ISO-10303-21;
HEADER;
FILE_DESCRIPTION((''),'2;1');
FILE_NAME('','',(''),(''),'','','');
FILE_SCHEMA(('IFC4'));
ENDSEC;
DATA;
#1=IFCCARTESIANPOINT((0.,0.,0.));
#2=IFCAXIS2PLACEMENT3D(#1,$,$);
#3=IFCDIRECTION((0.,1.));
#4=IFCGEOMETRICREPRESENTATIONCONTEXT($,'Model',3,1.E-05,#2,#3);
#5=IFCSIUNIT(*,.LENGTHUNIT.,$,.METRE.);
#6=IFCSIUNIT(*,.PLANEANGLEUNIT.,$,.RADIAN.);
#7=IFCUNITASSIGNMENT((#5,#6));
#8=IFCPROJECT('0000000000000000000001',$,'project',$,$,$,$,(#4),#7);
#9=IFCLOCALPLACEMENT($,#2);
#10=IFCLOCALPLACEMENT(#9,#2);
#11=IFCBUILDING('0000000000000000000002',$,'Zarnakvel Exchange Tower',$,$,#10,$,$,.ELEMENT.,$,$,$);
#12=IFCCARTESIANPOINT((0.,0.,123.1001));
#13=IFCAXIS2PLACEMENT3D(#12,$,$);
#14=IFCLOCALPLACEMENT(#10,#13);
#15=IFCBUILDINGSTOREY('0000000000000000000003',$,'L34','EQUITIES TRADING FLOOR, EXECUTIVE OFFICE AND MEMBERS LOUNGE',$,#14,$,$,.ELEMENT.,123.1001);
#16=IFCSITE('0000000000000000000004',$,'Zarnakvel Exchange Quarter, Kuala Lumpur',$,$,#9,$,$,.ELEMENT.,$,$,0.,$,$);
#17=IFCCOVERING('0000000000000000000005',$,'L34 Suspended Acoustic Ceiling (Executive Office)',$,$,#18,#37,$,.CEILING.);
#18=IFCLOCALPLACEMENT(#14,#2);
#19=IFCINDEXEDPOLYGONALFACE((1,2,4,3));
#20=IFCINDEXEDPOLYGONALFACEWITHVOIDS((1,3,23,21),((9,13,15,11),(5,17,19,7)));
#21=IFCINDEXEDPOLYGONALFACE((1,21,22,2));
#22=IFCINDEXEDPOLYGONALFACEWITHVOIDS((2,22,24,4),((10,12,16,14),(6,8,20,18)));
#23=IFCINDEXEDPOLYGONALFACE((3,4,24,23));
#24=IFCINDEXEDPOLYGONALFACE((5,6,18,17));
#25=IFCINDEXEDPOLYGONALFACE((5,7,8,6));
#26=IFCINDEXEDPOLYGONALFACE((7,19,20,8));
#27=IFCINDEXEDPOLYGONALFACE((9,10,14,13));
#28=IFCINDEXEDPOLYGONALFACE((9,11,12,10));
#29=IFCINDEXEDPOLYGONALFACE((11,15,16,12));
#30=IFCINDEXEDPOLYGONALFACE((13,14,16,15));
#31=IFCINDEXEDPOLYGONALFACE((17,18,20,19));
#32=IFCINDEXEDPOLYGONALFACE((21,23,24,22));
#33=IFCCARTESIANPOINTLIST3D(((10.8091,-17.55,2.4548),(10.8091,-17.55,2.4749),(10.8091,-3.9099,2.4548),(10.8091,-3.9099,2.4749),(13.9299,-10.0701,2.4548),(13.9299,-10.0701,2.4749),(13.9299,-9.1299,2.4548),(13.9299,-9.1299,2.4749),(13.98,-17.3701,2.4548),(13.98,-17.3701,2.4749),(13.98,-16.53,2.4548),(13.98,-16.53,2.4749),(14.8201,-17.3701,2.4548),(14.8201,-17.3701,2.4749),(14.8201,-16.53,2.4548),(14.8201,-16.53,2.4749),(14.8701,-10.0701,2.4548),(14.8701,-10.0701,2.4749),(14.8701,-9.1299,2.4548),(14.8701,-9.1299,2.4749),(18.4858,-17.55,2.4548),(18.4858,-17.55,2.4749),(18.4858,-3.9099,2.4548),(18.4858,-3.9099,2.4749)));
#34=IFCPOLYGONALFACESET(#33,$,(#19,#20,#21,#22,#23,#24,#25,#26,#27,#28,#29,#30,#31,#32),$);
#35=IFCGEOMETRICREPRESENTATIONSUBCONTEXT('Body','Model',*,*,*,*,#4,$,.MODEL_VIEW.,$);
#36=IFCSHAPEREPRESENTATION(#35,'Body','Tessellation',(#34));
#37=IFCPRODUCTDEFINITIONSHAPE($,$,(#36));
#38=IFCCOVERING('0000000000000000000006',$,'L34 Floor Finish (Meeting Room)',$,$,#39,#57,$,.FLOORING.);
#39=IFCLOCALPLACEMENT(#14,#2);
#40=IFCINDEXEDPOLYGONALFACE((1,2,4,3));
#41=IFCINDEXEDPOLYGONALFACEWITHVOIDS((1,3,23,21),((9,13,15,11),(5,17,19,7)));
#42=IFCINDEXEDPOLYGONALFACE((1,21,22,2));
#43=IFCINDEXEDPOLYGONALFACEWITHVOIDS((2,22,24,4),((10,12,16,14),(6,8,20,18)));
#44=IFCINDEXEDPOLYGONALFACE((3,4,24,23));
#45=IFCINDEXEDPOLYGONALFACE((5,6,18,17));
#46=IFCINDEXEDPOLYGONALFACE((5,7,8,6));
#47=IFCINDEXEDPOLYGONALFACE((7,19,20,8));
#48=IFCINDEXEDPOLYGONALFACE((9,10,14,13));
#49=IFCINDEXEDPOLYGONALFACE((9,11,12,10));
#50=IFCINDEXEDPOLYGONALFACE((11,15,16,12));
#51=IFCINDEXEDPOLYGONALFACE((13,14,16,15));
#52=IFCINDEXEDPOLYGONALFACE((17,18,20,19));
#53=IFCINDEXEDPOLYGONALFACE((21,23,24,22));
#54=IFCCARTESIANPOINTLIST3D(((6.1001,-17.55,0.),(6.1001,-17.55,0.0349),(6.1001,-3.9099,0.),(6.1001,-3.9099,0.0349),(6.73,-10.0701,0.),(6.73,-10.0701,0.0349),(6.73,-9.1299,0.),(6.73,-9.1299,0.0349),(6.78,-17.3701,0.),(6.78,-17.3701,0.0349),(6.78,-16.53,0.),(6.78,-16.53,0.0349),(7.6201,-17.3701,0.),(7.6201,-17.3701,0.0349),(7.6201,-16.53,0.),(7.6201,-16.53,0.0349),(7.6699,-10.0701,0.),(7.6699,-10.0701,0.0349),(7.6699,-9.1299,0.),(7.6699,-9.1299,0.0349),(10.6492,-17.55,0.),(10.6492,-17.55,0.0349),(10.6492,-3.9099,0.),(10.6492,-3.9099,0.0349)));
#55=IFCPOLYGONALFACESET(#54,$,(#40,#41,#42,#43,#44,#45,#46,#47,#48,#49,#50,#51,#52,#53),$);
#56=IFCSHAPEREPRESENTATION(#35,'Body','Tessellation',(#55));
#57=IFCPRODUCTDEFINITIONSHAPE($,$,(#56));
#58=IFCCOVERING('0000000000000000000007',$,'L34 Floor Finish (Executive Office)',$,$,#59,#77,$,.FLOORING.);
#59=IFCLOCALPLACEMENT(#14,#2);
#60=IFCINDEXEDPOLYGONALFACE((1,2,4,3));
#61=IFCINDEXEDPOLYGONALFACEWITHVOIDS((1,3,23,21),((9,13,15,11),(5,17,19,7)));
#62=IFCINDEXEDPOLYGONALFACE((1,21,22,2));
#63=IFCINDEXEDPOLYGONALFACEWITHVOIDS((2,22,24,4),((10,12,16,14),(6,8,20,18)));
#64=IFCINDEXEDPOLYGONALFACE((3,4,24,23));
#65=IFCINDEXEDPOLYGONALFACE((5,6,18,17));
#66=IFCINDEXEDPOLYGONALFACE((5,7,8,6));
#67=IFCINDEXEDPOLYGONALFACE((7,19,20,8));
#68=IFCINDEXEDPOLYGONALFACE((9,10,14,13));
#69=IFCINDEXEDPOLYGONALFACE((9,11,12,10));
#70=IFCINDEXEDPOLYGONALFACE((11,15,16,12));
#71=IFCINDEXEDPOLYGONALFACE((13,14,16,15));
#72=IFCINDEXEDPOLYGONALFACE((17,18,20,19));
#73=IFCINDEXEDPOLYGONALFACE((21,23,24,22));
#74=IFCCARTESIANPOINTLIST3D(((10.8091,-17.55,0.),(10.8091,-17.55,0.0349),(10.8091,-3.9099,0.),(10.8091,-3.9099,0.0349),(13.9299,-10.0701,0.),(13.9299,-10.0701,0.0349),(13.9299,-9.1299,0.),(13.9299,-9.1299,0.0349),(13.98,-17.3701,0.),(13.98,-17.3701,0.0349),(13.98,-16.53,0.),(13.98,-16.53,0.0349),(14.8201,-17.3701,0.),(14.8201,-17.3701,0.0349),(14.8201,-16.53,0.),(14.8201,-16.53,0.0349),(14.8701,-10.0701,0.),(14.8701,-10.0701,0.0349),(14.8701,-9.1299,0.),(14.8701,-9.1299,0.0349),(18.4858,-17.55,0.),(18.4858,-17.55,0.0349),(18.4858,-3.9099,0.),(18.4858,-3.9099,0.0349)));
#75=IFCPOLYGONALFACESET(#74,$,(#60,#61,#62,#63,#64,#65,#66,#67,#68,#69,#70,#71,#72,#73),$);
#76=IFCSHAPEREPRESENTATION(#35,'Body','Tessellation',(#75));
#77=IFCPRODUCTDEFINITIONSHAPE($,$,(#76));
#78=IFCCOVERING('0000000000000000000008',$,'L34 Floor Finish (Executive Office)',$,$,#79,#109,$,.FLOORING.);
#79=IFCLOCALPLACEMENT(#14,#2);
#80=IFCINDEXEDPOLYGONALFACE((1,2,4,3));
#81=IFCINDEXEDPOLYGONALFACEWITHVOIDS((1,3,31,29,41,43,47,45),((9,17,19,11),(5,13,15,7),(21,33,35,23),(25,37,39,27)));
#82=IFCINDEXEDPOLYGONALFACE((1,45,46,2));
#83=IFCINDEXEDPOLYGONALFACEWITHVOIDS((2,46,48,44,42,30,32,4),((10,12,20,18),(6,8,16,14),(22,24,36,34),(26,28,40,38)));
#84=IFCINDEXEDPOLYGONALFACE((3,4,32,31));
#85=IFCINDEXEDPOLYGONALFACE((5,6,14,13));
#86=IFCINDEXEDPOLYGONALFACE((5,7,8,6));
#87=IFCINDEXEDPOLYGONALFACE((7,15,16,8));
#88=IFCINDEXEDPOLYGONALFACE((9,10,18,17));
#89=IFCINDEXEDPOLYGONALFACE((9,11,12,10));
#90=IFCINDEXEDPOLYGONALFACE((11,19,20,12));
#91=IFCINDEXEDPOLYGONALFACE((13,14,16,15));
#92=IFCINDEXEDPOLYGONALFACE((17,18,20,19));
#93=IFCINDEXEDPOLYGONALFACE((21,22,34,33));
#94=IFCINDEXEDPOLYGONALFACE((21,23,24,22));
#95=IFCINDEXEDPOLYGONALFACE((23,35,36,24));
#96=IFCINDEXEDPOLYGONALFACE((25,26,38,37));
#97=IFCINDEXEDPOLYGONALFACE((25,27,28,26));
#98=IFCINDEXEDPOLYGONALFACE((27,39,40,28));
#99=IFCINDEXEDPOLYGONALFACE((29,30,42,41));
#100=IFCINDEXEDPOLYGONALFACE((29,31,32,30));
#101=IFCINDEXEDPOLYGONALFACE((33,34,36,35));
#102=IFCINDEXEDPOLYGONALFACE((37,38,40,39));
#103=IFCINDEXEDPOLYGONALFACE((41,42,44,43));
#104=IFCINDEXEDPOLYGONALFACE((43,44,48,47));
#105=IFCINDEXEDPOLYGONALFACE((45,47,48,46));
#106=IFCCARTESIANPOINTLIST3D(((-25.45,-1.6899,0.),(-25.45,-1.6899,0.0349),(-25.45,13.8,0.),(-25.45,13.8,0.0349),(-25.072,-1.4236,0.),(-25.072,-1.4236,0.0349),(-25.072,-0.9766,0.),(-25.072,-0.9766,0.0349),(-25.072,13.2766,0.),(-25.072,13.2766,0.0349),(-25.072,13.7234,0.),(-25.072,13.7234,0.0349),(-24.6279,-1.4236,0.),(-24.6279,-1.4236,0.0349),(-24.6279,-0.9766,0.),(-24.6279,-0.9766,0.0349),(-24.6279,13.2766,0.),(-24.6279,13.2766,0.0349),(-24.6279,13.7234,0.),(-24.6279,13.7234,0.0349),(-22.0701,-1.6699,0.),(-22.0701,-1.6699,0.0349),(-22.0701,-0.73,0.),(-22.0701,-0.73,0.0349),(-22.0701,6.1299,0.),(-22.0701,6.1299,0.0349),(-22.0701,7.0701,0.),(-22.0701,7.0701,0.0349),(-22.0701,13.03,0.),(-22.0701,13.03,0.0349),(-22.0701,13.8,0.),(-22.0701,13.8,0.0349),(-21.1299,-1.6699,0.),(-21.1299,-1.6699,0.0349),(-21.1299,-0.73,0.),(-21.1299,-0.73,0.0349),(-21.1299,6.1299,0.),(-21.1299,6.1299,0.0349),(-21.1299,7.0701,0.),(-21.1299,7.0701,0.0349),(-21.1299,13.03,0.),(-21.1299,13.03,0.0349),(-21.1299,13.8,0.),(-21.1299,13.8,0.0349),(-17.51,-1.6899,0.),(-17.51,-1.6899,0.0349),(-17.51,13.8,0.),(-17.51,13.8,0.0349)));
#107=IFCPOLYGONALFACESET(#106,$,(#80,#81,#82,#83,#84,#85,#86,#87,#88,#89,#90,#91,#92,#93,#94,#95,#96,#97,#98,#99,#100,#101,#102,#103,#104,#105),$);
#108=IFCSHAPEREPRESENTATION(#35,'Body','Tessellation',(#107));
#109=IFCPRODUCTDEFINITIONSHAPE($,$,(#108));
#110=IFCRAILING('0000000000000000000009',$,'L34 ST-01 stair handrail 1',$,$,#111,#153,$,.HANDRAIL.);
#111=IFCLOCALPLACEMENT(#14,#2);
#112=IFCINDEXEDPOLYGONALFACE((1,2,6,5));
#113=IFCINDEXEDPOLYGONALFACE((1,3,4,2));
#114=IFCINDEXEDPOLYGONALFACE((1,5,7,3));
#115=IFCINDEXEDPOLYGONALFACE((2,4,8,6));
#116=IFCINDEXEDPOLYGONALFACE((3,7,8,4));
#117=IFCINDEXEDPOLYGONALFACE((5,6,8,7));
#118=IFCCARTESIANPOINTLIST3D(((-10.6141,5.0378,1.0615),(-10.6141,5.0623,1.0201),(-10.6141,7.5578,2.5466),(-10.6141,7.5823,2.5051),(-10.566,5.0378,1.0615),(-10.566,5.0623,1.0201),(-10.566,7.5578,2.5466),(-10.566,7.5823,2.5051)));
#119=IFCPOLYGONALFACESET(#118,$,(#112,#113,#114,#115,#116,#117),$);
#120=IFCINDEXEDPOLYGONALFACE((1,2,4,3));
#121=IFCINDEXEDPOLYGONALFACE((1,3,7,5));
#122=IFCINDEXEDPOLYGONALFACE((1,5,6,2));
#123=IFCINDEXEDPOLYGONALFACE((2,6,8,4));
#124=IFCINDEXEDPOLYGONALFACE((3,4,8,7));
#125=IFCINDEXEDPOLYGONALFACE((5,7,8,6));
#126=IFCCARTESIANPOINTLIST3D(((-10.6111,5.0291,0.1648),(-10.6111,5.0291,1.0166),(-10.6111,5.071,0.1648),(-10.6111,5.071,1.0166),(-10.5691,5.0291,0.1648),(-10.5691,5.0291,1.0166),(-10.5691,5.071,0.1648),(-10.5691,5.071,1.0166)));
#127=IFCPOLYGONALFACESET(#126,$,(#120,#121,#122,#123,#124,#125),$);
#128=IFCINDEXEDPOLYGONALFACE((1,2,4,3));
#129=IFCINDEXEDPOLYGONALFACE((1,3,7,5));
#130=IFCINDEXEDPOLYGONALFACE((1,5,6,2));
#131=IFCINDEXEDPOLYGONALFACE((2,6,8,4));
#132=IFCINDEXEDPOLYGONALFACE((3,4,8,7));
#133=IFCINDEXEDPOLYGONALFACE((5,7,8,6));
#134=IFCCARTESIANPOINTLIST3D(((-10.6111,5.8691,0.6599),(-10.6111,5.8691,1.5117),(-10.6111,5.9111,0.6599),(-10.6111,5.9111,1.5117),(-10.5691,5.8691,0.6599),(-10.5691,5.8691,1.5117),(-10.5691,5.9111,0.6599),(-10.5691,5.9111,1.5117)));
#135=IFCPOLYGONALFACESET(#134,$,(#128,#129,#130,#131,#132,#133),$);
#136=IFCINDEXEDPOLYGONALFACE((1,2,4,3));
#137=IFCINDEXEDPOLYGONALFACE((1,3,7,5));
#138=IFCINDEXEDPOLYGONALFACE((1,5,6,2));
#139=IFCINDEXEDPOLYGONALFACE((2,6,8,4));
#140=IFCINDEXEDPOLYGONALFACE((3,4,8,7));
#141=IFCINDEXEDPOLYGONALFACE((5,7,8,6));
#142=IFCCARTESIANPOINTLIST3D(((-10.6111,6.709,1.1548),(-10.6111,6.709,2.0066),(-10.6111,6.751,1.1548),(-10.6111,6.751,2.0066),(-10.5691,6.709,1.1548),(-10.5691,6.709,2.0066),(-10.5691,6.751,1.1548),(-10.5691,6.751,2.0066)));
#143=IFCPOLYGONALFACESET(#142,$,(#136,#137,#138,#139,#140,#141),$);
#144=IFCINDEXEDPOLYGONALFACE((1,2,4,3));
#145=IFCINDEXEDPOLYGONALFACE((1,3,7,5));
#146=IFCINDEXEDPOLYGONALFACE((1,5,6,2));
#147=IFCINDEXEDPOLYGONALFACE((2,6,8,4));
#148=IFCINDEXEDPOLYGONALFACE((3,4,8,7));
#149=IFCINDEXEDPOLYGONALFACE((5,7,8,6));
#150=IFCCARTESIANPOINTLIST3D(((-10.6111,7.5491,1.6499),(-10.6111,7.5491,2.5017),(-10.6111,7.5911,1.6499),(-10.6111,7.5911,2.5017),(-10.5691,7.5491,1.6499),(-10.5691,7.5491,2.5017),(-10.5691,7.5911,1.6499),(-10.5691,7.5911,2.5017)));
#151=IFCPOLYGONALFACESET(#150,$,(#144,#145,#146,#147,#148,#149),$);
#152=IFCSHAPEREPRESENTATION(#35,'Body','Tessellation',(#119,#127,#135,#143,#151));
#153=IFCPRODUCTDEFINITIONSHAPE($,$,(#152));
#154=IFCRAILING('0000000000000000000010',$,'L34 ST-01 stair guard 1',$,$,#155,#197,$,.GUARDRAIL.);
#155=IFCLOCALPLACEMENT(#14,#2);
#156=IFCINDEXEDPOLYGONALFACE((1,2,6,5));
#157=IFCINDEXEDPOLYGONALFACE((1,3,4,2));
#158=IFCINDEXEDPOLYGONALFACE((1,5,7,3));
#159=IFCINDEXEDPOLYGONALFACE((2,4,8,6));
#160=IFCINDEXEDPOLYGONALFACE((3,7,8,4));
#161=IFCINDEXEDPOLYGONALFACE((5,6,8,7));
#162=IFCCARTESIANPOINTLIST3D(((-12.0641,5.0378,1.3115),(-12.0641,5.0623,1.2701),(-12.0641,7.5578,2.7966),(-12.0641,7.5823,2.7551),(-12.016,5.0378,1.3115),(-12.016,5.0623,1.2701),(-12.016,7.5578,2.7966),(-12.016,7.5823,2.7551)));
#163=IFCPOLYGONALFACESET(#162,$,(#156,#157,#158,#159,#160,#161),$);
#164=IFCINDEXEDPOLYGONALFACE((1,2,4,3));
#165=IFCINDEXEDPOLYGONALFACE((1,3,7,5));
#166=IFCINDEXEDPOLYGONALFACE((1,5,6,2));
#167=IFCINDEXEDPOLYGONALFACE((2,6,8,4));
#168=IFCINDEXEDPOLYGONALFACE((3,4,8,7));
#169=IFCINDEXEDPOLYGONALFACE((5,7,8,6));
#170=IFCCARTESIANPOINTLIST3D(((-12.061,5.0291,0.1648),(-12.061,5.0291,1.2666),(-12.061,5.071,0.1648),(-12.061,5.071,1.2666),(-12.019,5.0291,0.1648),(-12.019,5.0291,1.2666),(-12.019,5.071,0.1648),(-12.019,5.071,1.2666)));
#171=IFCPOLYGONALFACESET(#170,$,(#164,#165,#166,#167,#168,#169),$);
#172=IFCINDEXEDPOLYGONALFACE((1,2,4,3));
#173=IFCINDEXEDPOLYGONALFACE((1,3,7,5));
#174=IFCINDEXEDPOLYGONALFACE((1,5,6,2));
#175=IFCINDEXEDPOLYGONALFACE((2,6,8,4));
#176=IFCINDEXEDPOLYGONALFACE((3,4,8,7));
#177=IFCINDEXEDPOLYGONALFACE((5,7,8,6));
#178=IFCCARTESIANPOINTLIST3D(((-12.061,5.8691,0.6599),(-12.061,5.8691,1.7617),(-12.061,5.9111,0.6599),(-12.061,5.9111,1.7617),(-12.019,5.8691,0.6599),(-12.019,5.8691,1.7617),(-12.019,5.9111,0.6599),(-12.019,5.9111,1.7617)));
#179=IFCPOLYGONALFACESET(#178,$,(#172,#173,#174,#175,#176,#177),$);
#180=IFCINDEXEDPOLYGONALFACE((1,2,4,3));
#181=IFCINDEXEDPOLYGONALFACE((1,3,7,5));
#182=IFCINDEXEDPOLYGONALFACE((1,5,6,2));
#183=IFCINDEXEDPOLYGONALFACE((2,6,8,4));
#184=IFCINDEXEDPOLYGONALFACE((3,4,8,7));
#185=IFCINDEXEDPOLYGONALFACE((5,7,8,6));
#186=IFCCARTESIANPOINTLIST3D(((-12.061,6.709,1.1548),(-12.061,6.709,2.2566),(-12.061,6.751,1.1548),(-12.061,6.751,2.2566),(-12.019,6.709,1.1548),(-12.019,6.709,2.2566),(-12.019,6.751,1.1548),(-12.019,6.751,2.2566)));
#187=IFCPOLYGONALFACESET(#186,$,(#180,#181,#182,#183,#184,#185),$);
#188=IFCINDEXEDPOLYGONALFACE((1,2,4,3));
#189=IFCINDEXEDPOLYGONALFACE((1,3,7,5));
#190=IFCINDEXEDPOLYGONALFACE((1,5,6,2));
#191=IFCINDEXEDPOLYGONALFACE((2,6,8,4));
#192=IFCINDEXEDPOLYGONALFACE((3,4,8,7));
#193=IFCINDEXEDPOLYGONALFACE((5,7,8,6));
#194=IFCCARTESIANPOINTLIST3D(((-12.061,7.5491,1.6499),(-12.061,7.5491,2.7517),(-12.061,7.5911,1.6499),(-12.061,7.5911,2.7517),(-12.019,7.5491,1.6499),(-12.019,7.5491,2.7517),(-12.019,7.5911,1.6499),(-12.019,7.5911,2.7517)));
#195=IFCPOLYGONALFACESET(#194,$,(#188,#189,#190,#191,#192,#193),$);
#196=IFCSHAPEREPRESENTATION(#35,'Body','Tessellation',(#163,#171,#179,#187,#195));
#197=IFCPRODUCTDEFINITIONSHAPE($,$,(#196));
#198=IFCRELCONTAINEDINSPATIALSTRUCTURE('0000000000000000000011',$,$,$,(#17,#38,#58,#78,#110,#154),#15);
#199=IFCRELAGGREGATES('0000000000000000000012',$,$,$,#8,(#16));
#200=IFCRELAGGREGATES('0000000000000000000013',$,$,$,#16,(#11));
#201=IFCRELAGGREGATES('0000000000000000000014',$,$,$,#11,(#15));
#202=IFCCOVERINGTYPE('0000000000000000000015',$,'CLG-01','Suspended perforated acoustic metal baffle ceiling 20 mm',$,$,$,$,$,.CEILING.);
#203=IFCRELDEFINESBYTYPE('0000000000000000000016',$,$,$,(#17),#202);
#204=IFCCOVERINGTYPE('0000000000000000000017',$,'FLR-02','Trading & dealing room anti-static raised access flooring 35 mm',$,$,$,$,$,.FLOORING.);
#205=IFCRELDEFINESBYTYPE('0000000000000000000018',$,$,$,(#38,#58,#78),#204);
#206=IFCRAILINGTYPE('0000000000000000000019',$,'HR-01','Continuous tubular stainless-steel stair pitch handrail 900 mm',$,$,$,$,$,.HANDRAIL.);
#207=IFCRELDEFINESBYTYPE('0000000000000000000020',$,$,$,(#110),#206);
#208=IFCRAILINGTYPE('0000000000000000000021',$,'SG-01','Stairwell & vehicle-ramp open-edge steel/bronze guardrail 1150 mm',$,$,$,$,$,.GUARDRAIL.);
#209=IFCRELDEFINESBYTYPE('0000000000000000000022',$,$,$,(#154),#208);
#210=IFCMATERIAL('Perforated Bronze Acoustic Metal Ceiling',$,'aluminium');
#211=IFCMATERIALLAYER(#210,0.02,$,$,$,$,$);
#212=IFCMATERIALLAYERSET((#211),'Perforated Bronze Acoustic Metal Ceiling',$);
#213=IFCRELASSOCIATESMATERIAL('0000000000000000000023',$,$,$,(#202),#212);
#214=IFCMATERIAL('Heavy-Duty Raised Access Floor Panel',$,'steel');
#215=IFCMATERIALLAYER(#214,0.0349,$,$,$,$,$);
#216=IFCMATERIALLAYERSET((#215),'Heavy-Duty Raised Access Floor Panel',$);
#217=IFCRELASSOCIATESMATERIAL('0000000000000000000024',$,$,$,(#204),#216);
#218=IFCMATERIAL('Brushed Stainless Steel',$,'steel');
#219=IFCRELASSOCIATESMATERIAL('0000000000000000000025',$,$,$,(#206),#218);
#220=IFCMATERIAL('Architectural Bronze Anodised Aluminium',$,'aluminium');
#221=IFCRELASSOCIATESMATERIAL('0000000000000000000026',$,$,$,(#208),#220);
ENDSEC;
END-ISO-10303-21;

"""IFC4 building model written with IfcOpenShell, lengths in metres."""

from ifc_helpers import new_model, si_unit, direction, frame, origin, origin_2d, place, context, subcontext, project, spatial, polyline, rectangle, outline, extrude, material, layer, layer_set, type_object, element, save


model = new_model("IFC4")

# Units and contexts
model_context = context("Model", 3, precision=1e-05, world=origin(), true_north=direction((0.0, 1.0)))
body_context = subcontext(model_context, "Body", "Model", "MODEL_VIEW")
ifc_project = project(units=[si_unit("LENGTHUNIT", "METRE"), si_unit("PLANEANGLEUNIT", "RADIAN")], contexts=[model_context])

# Site, building, storey
site_placement = place(None, origin())
site = spatial("IfcSite", under=ifc_project, at=site_placement, Name="Zarnakvel Exchange Quarter, Kuala Lumpur", CompositionType="ELEMENT", RefElevation=0.0)
building_placement = place(site_placement, origin())
building = spatial("IfcBuilding", under=site, at=building_placement, Name="Zarnakvel Exchange Tower", CompositionType="ELEMENT")
storey_placement = place(building_placement, frame((0.0, 0.0, 123.1001)))
storey = spatial("IfcBuildingStorey", under=building, at=storey_placement, Name="L34", Description="EQUITIES TRADING FLOOR, EXECUTIVE OFFICE AND MEMBERS LOUNGE", CompositionType="ELEMENT", Elevation=123.1001)

# Shared definitions
ifc_material_1 = material(Name="Brushed Stainless Steel", Category="steel")

# Shared definitions
ifc_material_2 = material(Name="Architectural Bronze Anodised Aluminium", Category="aluminium")

# Coverings
ifc_material_3 = material(Name="Perforated Bronze Acoustic Metal Ceiling", Category="aluminium")
ifc_layer_1 = layer(ifc_material_3, 0.02)
ifc_layer_set_1 = layer_set([ifc_layer_1], Name="Perforated Bronze Acoustic Metal Ceiling")
covering_type_1 = type_object("IfcCoveringType", Name="CLG-01", Description="Suspended perforated acoustic metal baffle ceiling 20 mm", PredefinedType="CEILING", material=ifc_layer_set_1)
covering_1_placement = place(storey_placement, frame((0.0, 0.0, 2.4548)))
element("IfcCovering", 1, at=covering_1_placement, inside=storey, type_object=covering_type_1, Name="L34 Suspended Acoustic Ceiling (Executive Office)", PredefinedType="CEILING", context=body_context, shape_type="SweptSolid", body=[
    extrude(outline(polyline([(10.8091, -3.9099), (18.4858, -3.9099), (18.4858, -17.55), (10.8091, -17.55), (10.8091, -3.9099)]), holes=[polyline([(13.9299, -10.0701), (14.8701, -10.0701), (14.8701, -9.1299), (13.9299, -9.1299), (13.9299, -10.0701)]), polyline([(14.8201, -17.3701), (14.8201, -16.53), (13.98, -16.53), (13.98, -17.3701), (14.8201, -17.3701)])]), origin(), (0.0, 0.0, 1.0), 0.02),
])
ifc_material_4 = material(Name="Heavy-Duty Raised Access Floor Panel", Category="steel")
ifc_layer_2 = layer(ifc_material_4, 0.0349)
ifc_layer_set_2 = layer_set([ifc_layer_2], Name="Heavy-Duty Raised Access Floor Panel")
covering_type_2 = type_object("IfcCoveringType", Name="FLR-02", Description="Trading & dealing room anti-static raised access flooring 35 mm", PredefinedType="FLOORING", material=ifc_layer_set_2)
covering_2_placement = place(storey_placement, origin())
element("IfcCovering", 2, at=covering_2_placement, inside=storey, type_object=covering_type_2, Name="L34 Floor Finish (Meeting Room)", PredefinedType="FLOORING", context=body_context, shape_type="SweptSolid", body=[
    extrude(outline(polyline([(6.1001, -3.9099), (10.6492, -3.9099), (10.6492, -17.55), (6.1001, -17.55), (6.1001, -3.9099)]), holes=[polyline([(6.73, -10.0701), (7.6699, -10.0701), (7.6699, -9.1299), (6.73, -9.1299), (6.73, -10.0701)]), polyline([(7.6201, -17.3701), (7.6201, -16.53), (6.78, -16.53), (6.78, -17.3701), (7.6201, -17.3701)])]), origin(), (0.0, 0.0, 1.0), 0.0349),
])
covering_3_placement = place(storey_placement, origin())
element("IfcCovering", 3, at=covering_3_placement, inside=storey, type_object=covering_type_2, Name="L34 Floor Finish (Executive Office)", PredefinedType="FLOORING", context=body_context, shape_type="SweptSolid", body=[
    extrude(outline(polyline([(10.8091, -3.9099), (18.4858, -3.9099), (18.4858, -17.55), (10.8091, -17.55), (10.8091, -3.9099)]), holes=[polyline([(13.9299, -10.0701), (14.8701, -10.0701), (14.8701, -9.1299), (13.9299, -9.1299), (13.9299, -10.0701)]), polyline([(14.8201, -17.3701), (14.8201, -16.53), (13.98, -16.53), (13.98, -17.3701), (14.8201, -17.3701)])]), origin(), (0.0, 0.0, 1.0), 0.0349),
])
covering_4_placement = place(storey_placement, origin())
element("IfcCovering", 4, at=covering_4_placement, inside=storey, type_object=covering_type_2, Name="L34 Floor Finish (Executive Office)", PredefinedType="FLOORING", context=body_context, shape_type="SweptSolid", body=[
    extrude(outline(polyline([(-25.45, 13.8), (-22.0701, 13.8), (-22.0701, 13.03), (-21.1299, 13.03), (-21.1299, 13.8), (-17.51, 13.8), (-17.51, -1.6899), (-25.45, -1.6899), (-25.45, 13.8)]), holes=[polyline([(-21.1299, 6.1299), (-21.1299, 7.0701), (-22.0701, 7.0701), (-22.0701, 6.1299), (-21.1299, 6.1299)]), polyline([(-21.1299, -1.6699), (-21.1299, -0.73), (-22.0701, -0.73), (-22.0701, -1.6699), (-21.1299, -1.6699)]), polyline([(-24.6279, 13.2766), (-24.6279, 13.7234), (-25.072, 13.7234), (-25.072, 13.2766), (-24.6279, 13.2766)]), polyline([(-24.6279, -1.4236), (-24.6279, -0.9766), (-25.072, -0.9766), (-25.072, -1.4236), (-24.6279, -1.4236)])]), origin(), (0.0, 0.0, 1.0), 0.0349),
])

# Railings
railing_type_1 = type_object("IfcRailingType", Name="HR-01", Description="Continuous tubular stainless-steel stair pitch handrail 900 mm", PredefinedType="HANDRAIL", material=ifc_material_1)
railing_1_placement = place(storey_placement, frame((-10.5901, 5.05, 0.1648)))
element("IfcRailing", 5, at=railing_1_placement, inside=storey, type_object=railing_type_1, Name="L34 ST-01 stair handrail 1", PredefinedType="HANDRAIL", context=body_context, shape_type="SweptSolid", body=[
    extrude(rectangle(XDim=0.0481, YDim=0.0481, at=origin_2d()), frame((0.0, 0.0, 0.876), z_axis=(0.0, 0.861524, 0.507717), x_axis=(-1.0, 0.0, 0.0)), (0.0, 0.0, 1.0), 2.925),
    extrude(rectangle(XDim=0.042, YDim=0.042, at=origin_2d()), origin(), (0.0, 0.0, 1.0), 0.8518),
    extrude(rectangle(XDim=0.042, YDim=0.042, at=origin_2d()), frame((0.0, 0.8401, 0.4951)), (0.0, 0.0, 1.0), 0.8518),
    extrude(rectangle(XDim=0.042, YDim=0.042, at=origin_2d()), frame((0.0, 1.6799, 0.99)), (0.0, 0.0, 1.0), 0.8518),
    extrude(rectangle(XDim=0.042, YDim=0.042, at=origin_2d()), frame((0.0, 2.52, 1.4851)), (0.0, 0.0, 1.0), 0.8518),
])
railing_type_2 = type_object("IfcRailingType", Name="SG-01", Description="Stairwell & vehicle-ramp open-edge steel/bronze guardrail 1150 mm", PredefinedType="GUARDRAIL", material=ifc_material_2)
railing_2_placement = place(storey_placement, frame((-12.04, 5.05, 0.1648)))
element("IfcRailing", 6, at=railing_2_placement, inside=storey, type_object=railing_type_2, Name="L34 ST-01 stair guard 1", PredefinedType="GUARDRAIL", context=body_context, shape_type="SweptSolid", body=[
    extrude(rectangle(XDim=0.0481, YDim=0.0481, at=origin_2d()), frame((0.0, 0.0, 1.126), z_axis=(0.0, 0.861524, 0.507717), x_axis=(-1.0, 0.0, 0.0)), (0.0, 0.0, 1.0), 2.925),
    extrude(rectangle(XDim=0.042, YDim=0.042, at=origin_2d()), origin(), (0.0, 0.0, 1.0), 1.1018),
    extrude(rectangle(XDim=0.042, YDim=0.042, at=origin_2d()), frame((0.0, 0.8401, 0.4951)), (0.0, 0.0, 1.0), 1.1018),
    extrude(rectangle(XDim=0.042, YDim=0.042, at=origin_2d()), frame((0.0, 1.6799, 0.99)), (0.0, 0.0, 1.0), 1.1018),
    extrude(rectangle(XDim=0.042, YDim=0.042, at=origin_2d()), frame((0.0, 2.52, 1.4851)), (0.0, 0.0, 1.0), 1.1018),
])

save(model, "model.ifc")
